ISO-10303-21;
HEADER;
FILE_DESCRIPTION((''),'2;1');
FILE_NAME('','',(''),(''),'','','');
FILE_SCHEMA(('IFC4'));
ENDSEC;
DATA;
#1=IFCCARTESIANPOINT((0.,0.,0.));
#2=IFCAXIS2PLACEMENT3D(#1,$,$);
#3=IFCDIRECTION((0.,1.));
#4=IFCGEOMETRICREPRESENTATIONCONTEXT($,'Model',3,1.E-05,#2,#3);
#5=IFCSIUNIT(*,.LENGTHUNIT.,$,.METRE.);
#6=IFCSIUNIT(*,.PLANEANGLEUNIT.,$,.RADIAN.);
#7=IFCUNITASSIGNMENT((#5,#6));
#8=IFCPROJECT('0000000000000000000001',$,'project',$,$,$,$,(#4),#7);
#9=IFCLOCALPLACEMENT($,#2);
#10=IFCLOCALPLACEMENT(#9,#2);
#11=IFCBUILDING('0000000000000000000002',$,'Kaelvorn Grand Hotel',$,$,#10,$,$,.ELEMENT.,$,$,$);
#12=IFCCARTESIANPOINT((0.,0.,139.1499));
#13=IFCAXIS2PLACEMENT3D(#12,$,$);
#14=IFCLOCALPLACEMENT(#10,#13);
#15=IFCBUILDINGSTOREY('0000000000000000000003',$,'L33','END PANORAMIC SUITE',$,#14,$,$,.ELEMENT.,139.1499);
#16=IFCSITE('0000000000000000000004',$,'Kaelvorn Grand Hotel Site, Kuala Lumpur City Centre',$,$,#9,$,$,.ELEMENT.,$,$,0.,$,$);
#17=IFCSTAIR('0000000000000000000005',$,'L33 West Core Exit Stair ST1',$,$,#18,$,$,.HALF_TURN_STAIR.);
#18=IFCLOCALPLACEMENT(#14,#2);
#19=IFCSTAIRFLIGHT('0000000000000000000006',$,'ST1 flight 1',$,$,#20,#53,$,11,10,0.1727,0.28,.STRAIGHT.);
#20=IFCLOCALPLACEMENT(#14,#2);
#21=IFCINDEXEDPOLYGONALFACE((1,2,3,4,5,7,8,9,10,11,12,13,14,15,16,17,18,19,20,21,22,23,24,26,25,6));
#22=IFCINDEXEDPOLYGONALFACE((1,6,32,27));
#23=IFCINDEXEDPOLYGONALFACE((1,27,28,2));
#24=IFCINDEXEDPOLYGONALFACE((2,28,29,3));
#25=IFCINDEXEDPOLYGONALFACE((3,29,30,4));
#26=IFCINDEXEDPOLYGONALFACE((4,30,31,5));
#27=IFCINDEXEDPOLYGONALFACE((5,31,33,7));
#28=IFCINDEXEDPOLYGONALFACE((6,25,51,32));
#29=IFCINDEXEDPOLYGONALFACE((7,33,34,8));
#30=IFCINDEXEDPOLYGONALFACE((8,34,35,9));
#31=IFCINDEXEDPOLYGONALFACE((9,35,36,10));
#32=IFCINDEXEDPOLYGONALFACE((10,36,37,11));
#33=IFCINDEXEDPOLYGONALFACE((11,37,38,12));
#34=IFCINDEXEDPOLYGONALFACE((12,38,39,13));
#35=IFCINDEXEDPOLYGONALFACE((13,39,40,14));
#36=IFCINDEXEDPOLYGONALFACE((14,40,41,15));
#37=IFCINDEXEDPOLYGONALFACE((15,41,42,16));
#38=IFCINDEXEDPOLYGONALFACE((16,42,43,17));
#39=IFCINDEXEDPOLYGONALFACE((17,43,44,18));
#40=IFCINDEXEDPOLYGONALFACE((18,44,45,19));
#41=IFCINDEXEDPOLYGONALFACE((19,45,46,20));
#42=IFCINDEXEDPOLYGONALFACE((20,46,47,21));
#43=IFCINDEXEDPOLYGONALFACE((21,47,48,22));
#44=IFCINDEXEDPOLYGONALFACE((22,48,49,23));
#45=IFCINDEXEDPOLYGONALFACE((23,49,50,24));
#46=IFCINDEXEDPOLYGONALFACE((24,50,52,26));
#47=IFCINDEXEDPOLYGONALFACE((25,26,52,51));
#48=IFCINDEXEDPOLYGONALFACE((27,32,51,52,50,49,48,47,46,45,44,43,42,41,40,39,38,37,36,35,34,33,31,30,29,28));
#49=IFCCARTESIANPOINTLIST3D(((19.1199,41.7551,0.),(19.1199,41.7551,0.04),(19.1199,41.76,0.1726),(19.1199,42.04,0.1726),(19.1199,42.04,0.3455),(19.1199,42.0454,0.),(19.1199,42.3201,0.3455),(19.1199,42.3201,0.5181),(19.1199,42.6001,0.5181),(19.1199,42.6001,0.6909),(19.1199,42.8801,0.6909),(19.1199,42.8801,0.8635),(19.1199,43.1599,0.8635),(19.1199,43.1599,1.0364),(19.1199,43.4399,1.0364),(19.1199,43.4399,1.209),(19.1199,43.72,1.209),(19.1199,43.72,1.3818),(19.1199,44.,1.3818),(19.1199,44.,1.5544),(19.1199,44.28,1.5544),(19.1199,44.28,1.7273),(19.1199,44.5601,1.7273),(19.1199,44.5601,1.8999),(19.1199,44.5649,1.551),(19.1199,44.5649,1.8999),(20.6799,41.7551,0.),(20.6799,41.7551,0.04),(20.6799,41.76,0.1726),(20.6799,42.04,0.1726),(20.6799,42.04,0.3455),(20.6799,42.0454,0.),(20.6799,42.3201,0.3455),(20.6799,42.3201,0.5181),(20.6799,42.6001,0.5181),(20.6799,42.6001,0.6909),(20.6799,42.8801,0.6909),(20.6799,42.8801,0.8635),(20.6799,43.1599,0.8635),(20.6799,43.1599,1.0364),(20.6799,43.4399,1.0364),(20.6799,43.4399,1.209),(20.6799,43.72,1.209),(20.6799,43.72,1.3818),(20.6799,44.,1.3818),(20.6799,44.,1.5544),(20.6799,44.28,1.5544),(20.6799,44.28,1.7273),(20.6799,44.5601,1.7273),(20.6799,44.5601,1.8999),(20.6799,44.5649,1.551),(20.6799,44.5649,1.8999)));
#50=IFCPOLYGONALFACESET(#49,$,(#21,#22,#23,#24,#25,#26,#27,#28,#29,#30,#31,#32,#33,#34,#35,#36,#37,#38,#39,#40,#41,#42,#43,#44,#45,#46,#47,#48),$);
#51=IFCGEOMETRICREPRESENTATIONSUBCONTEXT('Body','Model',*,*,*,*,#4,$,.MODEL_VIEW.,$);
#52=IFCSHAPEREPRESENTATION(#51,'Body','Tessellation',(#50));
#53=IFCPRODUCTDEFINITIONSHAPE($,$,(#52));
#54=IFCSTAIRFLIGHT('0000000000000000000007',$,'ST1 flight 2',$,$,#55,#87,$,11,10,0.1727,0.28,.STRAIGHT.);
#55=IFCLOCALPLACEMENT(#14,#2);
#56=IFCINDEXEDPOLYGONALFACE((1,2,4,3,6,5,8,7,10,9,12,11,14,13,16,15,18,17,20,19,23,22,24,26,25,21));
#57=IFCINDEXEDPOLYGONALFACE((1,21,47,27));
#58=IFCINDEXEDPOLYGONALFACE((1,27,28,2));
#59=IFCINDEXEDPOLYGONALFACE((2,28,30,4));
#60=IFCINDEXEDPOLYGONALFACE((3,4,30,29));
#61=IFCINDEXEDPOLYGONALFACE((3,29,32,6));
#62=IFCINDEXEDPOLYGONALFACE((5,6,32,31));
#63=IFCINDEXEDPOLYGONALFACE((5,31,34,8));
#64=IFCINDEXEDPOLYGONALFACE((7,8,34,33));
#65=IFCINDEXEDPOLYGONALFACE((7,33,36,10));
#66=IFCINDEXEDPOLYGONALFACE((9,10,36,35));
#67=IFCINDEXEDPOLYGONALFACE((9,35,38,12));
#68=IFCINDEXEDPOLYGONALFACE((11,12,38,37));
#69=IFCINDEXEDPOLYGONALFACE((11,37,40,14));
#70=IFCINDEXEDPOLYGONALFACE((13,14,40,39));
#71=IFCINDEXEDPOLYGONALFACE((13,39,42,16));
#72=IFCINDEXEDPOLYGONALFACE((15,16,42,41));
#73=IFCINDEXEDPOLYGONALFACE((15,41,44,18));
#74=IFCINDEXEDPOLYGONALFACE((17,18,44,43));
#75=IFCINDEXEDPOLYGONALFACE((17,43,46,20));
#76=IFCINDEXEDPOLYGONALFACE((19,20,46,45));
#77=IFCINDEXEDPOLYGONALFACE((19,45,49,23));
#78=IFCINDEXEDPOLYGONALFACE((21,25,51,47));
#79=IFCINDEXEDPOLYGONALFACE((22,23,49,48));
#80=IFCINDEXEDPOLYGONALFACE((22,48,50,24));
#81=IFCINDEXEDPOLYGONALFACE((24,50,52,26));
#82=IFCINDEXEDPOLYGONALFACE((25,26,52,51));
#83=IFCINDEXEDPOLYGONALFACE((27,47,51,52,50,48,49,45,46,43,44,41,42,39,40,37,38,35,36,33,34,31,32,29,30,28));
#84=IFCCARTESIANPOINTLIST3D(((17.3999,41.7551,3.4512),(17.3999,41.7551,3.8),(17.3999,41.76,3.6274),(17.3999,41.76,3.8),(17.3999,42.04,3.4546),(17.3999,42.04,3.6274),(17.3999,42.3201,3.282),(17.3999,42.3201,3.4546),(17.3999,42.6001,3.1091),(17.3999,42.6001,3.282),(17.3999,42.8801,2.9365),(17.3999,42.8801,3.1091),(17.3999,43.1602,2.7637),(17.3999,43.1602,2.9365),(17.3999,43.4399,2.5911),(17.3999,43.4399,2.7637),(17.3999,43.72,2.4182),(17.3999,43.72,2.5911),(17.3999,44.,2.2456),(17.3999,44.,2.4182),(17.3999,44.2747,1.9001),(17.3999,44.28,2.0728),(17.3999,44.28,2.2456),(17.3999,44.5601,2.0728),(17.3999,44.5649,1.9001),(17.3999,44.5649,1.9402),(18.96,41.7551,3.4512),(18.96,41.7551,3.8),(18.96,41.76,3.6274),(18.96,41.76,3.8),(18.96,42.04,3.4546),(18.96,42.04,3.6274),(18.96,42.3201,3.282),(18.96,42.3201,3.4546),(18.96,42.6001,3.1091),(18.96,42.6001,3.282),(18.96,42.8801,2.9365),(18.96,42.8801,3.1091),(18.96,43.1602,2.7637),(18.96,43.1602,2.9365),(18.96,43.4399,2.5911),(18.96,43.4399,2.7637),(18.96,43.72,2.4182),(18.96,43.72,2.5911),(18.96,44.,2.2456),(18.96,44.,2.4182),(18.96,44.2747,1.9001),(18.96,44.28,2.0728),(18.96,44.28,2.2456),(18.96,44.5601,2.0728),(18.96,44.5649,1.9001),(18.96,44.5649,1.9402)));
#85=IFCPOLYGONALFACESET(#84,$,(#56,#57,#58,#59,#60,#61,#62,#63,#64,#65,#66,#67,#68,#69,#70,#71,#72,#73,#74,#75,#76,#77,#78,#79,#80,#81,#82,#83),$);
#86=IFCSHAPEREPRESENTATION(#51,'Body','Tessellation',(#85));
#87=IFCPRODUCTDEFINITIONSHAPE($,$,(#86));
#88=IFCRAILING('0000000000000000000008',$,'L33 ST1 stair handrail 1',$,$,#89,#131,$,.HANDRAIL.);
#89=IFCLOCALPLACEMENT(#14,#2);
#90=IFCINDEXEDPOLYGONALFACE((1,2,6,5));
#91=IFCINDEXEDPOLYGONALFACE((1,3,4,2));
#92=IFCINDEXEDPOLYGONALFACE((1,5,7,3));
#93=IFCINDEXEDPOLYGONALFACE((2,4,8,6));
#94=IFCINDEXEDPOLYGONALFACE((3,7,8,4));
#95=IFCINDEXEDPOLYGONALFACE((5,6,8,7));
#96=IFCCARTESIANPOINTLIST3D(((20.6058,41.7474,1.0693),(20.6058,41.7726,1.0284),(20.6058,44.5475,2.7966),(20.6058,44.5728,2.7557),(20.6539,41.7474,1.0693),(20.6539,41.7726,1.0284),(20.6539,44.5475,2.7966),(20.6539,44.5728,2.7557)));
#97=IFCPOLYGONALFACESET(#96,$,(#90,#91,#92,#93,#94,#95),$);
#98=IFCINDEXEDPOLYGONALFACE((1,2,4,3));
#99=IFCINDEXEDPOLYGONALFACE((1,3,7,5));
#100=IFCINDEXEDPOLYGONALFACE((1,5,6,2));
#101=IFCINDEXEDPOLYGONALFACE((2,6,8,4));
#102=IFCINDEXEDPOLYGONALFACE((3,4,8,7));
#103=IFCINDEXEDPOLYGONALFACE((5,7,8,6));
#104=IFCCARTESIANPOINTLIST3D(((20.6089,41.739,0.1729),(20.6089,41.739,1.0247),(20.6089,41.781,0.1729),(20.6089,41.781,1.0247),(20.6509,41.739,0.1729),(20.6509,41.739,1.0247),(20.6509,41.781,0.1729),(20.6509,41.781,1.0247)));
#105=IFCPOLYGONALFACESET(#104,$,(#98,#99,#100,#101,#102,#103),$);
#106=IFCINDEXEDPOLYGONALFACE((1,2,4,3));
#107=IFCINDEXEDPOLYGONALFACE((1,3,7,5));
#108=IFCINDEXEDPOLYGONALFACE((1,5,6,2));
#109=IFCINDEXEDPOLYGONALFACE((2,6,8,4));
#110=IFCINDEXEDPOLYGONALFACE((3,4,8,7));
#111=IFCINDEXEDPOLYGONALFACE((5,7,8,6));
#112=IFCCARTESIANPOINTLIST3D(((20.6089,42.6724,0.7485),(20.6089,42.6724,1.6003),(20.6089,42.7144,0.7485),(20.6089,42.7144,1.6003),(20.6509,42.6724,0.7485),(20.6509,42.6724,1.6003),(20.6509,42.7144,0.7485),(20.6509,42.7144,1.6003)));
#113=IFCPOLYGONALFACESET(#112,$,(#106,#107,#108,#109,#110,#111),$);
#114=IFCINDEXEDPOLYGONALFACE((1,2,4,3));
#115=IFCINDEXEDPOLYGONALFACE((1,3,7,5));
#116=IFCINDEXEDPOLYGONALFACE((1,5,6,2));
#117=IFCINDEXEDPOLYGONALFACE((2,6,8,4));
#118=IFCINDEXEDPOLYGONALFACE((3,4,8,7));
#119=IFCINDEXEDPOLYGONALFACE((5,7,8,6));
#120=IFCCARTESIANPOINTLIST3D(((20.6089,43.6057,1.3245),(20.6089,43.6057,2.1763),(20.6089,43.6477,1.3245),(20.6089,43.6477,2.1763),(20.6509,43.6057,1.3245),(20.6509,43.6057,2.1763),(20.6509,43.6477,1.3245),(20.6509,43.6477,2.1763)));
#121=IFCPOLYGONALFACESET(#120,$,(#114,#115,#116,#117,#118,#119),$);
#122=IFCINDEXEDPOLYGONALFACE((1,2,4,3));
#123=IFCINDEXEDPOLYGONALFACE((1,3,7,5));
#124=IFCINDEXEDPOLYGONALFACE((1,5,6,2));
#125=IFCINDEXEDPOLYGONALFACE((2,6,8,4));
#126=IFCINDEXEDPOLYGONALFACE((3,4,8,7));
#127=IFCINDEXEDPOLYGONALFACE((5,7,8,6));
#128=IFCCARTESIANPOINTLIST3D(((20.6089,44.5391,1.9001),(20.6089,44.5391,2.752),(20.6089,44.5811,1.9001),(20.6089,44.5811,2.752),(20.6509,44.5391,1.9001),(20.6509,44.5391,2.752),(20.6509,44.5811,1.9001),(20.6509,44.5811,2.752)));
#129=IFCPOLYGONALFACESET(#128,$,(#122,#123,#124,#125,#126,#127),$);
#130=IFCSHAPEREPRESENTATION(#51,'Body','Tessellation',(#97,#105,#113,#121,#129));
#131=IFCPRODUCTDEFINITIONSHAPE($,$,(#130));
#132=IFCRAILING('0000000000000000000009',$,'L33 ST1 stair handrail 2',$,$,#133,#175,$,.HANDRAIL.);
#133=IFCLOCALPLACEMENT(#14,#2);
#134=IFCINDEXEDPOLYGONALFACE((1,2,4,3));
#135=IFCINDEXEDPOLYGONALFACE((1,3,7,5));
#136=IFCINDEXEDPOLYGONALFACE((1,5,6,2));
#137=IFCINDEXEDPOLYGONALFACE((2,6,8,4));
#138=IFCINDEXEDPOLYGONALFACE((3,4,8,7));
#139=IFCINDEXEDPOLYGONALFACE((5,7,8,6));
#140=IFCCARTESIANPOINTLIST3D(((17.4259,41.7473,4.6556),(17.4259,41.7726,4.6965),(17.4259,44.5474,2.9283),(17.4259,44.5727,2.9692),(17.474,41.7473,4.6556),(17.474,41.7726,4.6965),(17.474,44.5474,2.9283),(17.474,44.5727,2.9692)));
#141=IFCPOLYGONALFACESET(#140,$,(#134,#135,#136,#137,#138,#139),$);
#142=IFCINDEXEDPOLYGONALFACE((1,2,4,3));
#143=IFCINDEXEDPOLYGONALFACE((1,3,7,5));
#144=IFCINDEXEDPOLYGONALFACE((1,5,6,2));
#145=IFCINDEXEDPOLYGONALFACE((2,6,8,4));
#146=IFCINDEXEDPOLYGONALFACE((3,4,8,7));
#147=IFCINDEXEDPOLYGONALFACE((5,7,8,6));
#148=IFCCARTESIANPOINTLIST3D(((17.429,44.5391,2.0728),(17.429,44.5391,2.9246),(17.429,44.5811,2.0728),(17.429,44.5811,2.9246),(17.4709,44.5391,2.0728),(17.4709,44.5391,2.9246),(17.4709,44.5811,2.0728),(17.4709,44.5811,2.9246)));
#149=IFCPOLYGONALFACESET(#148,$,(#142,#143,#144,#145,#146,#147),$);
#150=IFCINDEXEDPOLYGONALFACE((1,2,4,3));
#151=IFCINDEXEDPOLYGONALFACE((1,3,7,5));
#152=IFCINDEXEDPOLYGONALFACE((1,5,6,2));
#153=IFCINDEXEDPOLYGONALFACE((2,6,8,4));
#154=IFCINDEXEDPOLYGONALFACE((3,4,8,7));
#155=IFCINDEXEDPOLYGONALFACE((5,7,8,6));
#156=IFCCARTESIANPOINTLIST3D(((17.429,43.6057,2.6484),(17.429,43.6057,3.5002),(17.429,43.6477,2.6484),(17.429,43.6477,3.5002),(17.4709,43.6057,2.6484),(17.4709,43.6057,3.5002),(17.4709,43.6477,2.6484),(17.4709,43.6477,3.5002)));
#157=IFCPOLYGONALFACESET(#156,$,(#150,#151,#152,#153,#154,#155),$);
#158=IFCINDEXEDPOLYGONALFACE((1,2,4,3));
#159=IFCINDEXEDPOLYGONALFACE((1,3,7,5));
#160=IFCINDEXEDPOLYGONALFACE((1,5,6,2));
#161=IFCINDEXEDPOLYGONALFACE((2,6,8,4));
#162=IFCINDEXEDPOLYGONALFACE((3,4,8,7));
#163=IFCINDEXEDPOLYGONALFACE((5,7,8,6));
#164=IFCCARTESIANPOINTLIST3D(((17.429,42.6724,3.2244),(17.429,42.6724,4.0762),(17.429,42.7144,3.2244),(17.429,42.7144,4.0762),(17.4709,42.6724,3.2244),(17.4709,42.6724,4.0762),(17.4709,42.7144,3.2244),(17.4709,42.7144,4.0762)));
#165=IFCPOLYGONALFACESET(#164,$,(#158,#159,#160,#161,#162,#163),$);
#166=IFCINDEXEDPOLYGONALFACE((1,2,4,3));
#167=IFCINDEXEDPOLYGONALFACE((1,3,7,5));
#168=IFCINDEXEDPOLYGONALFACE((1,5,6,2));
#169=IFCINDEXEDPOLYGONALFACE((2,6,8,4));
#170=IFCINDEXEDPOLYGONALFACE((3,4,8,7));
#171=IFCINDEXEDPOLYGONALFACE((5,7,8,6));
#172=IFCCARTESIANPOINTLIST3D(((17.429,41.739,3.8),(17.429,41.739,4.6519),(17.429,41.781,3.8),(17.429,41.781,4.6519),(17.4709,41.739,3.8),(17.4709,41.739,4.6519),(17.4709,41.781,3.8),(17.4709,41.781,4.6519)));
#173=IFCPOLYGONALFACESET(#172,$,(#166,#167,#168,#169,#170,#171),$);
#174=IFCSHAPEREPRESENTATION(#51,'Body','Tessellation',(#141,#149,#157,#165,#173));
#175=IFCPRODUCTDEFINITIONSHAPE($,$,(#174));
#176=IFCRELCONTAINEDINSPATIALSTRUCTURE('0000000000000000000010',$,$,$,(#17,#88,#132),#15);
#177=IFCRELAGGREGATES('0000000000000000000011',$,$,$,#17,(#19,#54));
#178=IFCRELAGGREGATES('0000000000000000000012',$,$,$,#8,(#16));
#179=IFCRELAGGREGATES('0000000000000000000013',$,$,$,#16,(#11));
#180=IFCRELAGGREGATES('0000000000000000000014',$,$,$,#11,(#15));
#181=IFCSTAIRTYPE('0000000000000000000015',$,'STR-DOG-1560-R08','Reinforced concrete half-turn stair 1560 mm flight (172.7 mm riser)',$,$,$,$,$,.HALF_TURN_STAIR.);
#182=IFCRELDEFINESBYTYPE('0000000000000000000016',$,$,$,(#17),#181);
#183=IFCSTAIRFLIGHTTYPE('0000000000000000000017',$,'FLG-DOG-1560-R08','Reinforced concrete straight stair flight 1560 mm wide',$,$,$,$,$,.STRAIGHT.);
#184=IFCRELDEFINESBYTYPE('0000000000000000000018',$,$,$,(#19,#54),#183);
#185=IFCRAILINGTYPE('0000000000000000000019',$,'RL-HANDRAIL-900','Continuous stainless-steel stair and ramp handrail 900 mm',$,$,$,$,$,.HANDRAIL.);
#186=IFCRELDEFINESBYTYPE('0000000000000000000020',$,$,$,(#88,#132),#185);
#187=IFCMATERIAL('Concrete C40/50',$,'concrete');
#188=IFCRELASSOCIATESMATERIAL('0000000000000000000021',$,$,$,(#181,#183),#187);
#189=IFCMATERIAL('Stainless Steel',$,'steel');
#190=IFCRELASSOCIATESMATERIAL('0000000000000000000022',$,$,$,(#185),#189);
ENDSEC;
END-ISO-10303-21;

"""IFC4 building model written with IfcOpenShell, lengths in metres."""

from ifc_helpers import new_model, si_unit, direction, frame, origin, origin_2d, place, context, subcontext, project, spatial, polyline, rectangle, outline, extrude, material, type_object, element, aggregate, save


model = new_model("IFC4")

# Units and contexts
model_context = context("Model", 3, precision=1e-05, world=origin(), true_north=direction((0.0, 1.0)))
body_context = subcontext(model_context, "Body", "Model", "MODEL_VIEW")
ifc_project = project(units=[si_unit("LENGTHUNIT", "METRE"), si_unit("PLANEANGLEUNIT", "RADIAN")], contexts=[model_context])

# Site, building, storey
site_placement = place(None, origin())
site = spatial("IfcSite", under=ifc_project, at=site_placement, Name="Kaelvorn Grand Hotel Site, Kuala Lumpur City Centre", CompositionType="ELEMENT", RefElevation=0.0)
building_placement = place(site_placement, origin())
building = spatial("IfcBuilding", under=site, at=building_placement, Name="Kaelvorn Grand Hotel", CompositionType="ELEMENT")
storey_placement = place(building_placement, frame((0.0, 0.0, 139.1499)))
storey = spatial("IfcBuildingStorey", under=building, at=storey_placement, Name="L33", Description="END PANORAMIC SUITE", CompositionType="ELEMENT", Elevation=139.1499)

# Shared definitions
ifc_material_1 = material(Name="Concrete C40/50", Category="concrete")

# Stair, stair flights
stair_type = type_object("IfcStairType", Name="STR-DOG-1560-R08", Description="Reinforced concrete half-turn stair 1560 mm flight (172.7 mm riser)", PredefinedType="HALF_TURN_STAIR", material=ifc_material_1)
stair_placement = place(storey_placement, origin())
stair = element("IfcStair", 1, at=stair_placement, inside=storey, type_object=stair_type, Name="L33 West Core Exit Stair ST1", PredefinedType="HALF_TURN_STAIR")
stair_flight_type = type_object("IfcStairFlightType", Name="FLG-DOG-1560-R08", Description="Reinforced concrete straight stair flight 1560 mm wide", PredefinedType="STRAIGHT", material=ifc_material_1)
stair_flight_1_placement = place(storey_placement, frame((19.8999, 41.76, 0.0), z_axis=(0.0, 0.0, 1.0), x_axis=(0.0, 1.0, 0.0)))
stair_flight_1 = element("IfcStairFlight", 2, at=stair_flight_1_placement, type_object=stair_flight_type, Name="ST1 flight 1", NumberOfRisers=11, NumberOfTreads=10, PredefinedType="STRAIGHT", RiserHeight=0.1727, TreadLength=0.28, context=body_context, shape_type="SweptSolid", body=[
    extrude(outline(polyline([(-0.0049, 0.0), (-0.0049, 0.04), (0.0, 0.1726), (0.28, 0.1726), (0.28, 0.3455), (0.5601, 0.3455), (0.5601, 0.5181), (0.8401, 0.5181), (0.8401, 0.6909), (1.1201, 0.6909), (1.1201, 0.8635), (1.3999, 0.8635), (1.3999, 1.0364), (1.6799, 1.0364), (1.6799, 1.209), (1.96, 1.209), (1.96, 1.3818), (2.24, 1.3818), (2.24, 1.5544), (2.52, 1.5544), (2.52, 1.7273), (2.8, 1.7273), (2.8, 1.8999), (2.8049, 1.8999), (2.8049, 1.551), (0.2854, 0.0), (-0.0049, 0.0)])), frame((0.0, 0.78, 0.0), z_axis=(0.0, -1.0, 0.0), x_axis=(1.0, 0.0, 0.0)), (0.0, 0.0, 1.0), 1.5601),
])
stair_flight_2_placement = place(storey_placement, frame((18.1799, 44.5601, 1.9001), z_axis=(0.0, 0.0, 1.0), x_axis=(0.0, -1.0, 0.0)))
stair_flight_2 = element("IfcStairFlight", 3, at=stair_flight_2_placement, type_object=stair_flight_type, Name="ST1 flight 2", NumberOfRisers=11, NumberOfTreads=10, PredefinedType="STRAIGHT", RiserHeight=0.1727, TreadLength=0.28, context=body_context, shape_type="SweptSolid", body=[
    extrude(outline(polyline([(-0.0049, 0.0), (-0.0049, 0.04), (0.0, 0.1726), (0.28, 0.1726), (0.28, 0.3455), (0.5601, 0.3455), (0.5601, 0.5181), (0.8401, 0.5181), (0.8401, 0.6909), (1.1201, 0.6909), (1.1201, 0.8635), (1.3999, 0.8635), (1.3999, 1.0364), (1.6799, 1.0364), (1.6799, 1.209), (1.96, 1.209), (1.96, 1.3818), (2.24, 1.3818), (2.24, 1.5544), (2.52, 1.5544), (2.52, 1.7273), (2.8, 1.7273), (2.8, 1.8999), (2.8049, 1.8999), (2.8049, 1.551), (0.2854, 0.0), (-0.0049, 0.0)])), frame((0.0, 0.78, 0.0), z_axis=(0.0, -1.0, 0.0), x_axis=(1.0, 0.0, 0.0)), (0.0, 0.0, 1.0), 1.5601),
])
aggregate(stair, [stair_flight_1, stair_flight_2])

# Railings
ifc_material_2 = material(Name="Stainless Steel", Category="steel")
railing_type_1 = type_object("IfcRailingType", Name="RL-HANDRAIL-900", Description="Continuous stainless-steel stair and ramp handrail 900 mm", PredefinedType="HANDRAIL", material=ifc_material_2)
railing_1_placement = place(storey_placement, frame((20.6299, 41.76, 0.1729)))
element("IfcRailing", 4, at=railing_1_placement, inside=storey, type_object=railing_type_1, Name="L33 ST1 stair handrail 1", PredefinedType="HANDRAIL", context=body_context, shape_type="SweptSolid", body=[
    extrude(rectangle(XDim=0.0481, YDim=0.0481, at=origin_2d()), frame((0.0, 0.0, 0.876), z_axis=(0.0, 0.85109, 0.52502), x_axis=(-1.0, 0.0, 0.0)), (0.0, 0.0, 1.0), 3.29),
    extrude(rectangle(XDim=0.042, YDim=0.042, at=origin_2d()), origin(), (0.0, 0.0, 1.0), 0.8518),
    extrude(rectangle(XDim=0.042, YDim=0.042, at=origin_2d()), frame((0.0, 0.9333, 0.5757)), (0.0, 0.0, 1.0), 0.8518),
    extrude(rectangle(XDim=0.042, YDim=0.042, at=origin_2d()), frame((0.0, 1.8667, 1.1516)), (0.0, 0.0, 1.0), 0.8518),
    extrude(rectangle(XDim=0.042, YDim=0.042, at=origin_2d()), frame((0.0, 2.8, 1.7273)), (0.0, 0.0, 1.0), 0.8518),
])
railing_2_placement = place(storey_placement, frame((17.45, 44.5601, 2.0728)))
element("IfcRailing", 5, at=railing_2_placement, inside=storey, type_object=railing_type_1, Name="L33 ST1 stair handrail 2", PredefinedType="HANDRAIL", context=body_context, shape_type="SweptSolid", body=[
    extrude(rectangle(XDim=0.0481, YDim=0.0481, at=origin_2d()), frame((0.0, 0.0, 0.876), z_axis=(0.0, -0.85109, 0.52502), x_axis=(1.0, 0.0, 0.0)), (0.0, 0.0, 1.0), 3.29),
    extrude(rectangle(XDim=0.042, YDim=0.042, at=origin_2d()), origin(), (0.0, 0.0, 1.0), 0.8518),
    extrude(rectangle(XDim=0.042, YDim=0.042, at=origin_2d()), frame((0.0, -0.9333, 0.5757)), (0.0, 0.0, 1.0), 0.8518),
    extrude(rectangle(XDim=0.042, YDim=0.042, at=origin_2d()), frame((0.0, -1.8667, 1.1516)), (0.0, 0.0, 1.0), 0.8518),
    extrude(rectangle(XDim=0.042, YDim=0.042, at=origin_2d()), frame((0.0, -2.8, 1.7273)), (0.0, 0.0, 1.0), 0.8518),
])

save(model, "model.ifc")
